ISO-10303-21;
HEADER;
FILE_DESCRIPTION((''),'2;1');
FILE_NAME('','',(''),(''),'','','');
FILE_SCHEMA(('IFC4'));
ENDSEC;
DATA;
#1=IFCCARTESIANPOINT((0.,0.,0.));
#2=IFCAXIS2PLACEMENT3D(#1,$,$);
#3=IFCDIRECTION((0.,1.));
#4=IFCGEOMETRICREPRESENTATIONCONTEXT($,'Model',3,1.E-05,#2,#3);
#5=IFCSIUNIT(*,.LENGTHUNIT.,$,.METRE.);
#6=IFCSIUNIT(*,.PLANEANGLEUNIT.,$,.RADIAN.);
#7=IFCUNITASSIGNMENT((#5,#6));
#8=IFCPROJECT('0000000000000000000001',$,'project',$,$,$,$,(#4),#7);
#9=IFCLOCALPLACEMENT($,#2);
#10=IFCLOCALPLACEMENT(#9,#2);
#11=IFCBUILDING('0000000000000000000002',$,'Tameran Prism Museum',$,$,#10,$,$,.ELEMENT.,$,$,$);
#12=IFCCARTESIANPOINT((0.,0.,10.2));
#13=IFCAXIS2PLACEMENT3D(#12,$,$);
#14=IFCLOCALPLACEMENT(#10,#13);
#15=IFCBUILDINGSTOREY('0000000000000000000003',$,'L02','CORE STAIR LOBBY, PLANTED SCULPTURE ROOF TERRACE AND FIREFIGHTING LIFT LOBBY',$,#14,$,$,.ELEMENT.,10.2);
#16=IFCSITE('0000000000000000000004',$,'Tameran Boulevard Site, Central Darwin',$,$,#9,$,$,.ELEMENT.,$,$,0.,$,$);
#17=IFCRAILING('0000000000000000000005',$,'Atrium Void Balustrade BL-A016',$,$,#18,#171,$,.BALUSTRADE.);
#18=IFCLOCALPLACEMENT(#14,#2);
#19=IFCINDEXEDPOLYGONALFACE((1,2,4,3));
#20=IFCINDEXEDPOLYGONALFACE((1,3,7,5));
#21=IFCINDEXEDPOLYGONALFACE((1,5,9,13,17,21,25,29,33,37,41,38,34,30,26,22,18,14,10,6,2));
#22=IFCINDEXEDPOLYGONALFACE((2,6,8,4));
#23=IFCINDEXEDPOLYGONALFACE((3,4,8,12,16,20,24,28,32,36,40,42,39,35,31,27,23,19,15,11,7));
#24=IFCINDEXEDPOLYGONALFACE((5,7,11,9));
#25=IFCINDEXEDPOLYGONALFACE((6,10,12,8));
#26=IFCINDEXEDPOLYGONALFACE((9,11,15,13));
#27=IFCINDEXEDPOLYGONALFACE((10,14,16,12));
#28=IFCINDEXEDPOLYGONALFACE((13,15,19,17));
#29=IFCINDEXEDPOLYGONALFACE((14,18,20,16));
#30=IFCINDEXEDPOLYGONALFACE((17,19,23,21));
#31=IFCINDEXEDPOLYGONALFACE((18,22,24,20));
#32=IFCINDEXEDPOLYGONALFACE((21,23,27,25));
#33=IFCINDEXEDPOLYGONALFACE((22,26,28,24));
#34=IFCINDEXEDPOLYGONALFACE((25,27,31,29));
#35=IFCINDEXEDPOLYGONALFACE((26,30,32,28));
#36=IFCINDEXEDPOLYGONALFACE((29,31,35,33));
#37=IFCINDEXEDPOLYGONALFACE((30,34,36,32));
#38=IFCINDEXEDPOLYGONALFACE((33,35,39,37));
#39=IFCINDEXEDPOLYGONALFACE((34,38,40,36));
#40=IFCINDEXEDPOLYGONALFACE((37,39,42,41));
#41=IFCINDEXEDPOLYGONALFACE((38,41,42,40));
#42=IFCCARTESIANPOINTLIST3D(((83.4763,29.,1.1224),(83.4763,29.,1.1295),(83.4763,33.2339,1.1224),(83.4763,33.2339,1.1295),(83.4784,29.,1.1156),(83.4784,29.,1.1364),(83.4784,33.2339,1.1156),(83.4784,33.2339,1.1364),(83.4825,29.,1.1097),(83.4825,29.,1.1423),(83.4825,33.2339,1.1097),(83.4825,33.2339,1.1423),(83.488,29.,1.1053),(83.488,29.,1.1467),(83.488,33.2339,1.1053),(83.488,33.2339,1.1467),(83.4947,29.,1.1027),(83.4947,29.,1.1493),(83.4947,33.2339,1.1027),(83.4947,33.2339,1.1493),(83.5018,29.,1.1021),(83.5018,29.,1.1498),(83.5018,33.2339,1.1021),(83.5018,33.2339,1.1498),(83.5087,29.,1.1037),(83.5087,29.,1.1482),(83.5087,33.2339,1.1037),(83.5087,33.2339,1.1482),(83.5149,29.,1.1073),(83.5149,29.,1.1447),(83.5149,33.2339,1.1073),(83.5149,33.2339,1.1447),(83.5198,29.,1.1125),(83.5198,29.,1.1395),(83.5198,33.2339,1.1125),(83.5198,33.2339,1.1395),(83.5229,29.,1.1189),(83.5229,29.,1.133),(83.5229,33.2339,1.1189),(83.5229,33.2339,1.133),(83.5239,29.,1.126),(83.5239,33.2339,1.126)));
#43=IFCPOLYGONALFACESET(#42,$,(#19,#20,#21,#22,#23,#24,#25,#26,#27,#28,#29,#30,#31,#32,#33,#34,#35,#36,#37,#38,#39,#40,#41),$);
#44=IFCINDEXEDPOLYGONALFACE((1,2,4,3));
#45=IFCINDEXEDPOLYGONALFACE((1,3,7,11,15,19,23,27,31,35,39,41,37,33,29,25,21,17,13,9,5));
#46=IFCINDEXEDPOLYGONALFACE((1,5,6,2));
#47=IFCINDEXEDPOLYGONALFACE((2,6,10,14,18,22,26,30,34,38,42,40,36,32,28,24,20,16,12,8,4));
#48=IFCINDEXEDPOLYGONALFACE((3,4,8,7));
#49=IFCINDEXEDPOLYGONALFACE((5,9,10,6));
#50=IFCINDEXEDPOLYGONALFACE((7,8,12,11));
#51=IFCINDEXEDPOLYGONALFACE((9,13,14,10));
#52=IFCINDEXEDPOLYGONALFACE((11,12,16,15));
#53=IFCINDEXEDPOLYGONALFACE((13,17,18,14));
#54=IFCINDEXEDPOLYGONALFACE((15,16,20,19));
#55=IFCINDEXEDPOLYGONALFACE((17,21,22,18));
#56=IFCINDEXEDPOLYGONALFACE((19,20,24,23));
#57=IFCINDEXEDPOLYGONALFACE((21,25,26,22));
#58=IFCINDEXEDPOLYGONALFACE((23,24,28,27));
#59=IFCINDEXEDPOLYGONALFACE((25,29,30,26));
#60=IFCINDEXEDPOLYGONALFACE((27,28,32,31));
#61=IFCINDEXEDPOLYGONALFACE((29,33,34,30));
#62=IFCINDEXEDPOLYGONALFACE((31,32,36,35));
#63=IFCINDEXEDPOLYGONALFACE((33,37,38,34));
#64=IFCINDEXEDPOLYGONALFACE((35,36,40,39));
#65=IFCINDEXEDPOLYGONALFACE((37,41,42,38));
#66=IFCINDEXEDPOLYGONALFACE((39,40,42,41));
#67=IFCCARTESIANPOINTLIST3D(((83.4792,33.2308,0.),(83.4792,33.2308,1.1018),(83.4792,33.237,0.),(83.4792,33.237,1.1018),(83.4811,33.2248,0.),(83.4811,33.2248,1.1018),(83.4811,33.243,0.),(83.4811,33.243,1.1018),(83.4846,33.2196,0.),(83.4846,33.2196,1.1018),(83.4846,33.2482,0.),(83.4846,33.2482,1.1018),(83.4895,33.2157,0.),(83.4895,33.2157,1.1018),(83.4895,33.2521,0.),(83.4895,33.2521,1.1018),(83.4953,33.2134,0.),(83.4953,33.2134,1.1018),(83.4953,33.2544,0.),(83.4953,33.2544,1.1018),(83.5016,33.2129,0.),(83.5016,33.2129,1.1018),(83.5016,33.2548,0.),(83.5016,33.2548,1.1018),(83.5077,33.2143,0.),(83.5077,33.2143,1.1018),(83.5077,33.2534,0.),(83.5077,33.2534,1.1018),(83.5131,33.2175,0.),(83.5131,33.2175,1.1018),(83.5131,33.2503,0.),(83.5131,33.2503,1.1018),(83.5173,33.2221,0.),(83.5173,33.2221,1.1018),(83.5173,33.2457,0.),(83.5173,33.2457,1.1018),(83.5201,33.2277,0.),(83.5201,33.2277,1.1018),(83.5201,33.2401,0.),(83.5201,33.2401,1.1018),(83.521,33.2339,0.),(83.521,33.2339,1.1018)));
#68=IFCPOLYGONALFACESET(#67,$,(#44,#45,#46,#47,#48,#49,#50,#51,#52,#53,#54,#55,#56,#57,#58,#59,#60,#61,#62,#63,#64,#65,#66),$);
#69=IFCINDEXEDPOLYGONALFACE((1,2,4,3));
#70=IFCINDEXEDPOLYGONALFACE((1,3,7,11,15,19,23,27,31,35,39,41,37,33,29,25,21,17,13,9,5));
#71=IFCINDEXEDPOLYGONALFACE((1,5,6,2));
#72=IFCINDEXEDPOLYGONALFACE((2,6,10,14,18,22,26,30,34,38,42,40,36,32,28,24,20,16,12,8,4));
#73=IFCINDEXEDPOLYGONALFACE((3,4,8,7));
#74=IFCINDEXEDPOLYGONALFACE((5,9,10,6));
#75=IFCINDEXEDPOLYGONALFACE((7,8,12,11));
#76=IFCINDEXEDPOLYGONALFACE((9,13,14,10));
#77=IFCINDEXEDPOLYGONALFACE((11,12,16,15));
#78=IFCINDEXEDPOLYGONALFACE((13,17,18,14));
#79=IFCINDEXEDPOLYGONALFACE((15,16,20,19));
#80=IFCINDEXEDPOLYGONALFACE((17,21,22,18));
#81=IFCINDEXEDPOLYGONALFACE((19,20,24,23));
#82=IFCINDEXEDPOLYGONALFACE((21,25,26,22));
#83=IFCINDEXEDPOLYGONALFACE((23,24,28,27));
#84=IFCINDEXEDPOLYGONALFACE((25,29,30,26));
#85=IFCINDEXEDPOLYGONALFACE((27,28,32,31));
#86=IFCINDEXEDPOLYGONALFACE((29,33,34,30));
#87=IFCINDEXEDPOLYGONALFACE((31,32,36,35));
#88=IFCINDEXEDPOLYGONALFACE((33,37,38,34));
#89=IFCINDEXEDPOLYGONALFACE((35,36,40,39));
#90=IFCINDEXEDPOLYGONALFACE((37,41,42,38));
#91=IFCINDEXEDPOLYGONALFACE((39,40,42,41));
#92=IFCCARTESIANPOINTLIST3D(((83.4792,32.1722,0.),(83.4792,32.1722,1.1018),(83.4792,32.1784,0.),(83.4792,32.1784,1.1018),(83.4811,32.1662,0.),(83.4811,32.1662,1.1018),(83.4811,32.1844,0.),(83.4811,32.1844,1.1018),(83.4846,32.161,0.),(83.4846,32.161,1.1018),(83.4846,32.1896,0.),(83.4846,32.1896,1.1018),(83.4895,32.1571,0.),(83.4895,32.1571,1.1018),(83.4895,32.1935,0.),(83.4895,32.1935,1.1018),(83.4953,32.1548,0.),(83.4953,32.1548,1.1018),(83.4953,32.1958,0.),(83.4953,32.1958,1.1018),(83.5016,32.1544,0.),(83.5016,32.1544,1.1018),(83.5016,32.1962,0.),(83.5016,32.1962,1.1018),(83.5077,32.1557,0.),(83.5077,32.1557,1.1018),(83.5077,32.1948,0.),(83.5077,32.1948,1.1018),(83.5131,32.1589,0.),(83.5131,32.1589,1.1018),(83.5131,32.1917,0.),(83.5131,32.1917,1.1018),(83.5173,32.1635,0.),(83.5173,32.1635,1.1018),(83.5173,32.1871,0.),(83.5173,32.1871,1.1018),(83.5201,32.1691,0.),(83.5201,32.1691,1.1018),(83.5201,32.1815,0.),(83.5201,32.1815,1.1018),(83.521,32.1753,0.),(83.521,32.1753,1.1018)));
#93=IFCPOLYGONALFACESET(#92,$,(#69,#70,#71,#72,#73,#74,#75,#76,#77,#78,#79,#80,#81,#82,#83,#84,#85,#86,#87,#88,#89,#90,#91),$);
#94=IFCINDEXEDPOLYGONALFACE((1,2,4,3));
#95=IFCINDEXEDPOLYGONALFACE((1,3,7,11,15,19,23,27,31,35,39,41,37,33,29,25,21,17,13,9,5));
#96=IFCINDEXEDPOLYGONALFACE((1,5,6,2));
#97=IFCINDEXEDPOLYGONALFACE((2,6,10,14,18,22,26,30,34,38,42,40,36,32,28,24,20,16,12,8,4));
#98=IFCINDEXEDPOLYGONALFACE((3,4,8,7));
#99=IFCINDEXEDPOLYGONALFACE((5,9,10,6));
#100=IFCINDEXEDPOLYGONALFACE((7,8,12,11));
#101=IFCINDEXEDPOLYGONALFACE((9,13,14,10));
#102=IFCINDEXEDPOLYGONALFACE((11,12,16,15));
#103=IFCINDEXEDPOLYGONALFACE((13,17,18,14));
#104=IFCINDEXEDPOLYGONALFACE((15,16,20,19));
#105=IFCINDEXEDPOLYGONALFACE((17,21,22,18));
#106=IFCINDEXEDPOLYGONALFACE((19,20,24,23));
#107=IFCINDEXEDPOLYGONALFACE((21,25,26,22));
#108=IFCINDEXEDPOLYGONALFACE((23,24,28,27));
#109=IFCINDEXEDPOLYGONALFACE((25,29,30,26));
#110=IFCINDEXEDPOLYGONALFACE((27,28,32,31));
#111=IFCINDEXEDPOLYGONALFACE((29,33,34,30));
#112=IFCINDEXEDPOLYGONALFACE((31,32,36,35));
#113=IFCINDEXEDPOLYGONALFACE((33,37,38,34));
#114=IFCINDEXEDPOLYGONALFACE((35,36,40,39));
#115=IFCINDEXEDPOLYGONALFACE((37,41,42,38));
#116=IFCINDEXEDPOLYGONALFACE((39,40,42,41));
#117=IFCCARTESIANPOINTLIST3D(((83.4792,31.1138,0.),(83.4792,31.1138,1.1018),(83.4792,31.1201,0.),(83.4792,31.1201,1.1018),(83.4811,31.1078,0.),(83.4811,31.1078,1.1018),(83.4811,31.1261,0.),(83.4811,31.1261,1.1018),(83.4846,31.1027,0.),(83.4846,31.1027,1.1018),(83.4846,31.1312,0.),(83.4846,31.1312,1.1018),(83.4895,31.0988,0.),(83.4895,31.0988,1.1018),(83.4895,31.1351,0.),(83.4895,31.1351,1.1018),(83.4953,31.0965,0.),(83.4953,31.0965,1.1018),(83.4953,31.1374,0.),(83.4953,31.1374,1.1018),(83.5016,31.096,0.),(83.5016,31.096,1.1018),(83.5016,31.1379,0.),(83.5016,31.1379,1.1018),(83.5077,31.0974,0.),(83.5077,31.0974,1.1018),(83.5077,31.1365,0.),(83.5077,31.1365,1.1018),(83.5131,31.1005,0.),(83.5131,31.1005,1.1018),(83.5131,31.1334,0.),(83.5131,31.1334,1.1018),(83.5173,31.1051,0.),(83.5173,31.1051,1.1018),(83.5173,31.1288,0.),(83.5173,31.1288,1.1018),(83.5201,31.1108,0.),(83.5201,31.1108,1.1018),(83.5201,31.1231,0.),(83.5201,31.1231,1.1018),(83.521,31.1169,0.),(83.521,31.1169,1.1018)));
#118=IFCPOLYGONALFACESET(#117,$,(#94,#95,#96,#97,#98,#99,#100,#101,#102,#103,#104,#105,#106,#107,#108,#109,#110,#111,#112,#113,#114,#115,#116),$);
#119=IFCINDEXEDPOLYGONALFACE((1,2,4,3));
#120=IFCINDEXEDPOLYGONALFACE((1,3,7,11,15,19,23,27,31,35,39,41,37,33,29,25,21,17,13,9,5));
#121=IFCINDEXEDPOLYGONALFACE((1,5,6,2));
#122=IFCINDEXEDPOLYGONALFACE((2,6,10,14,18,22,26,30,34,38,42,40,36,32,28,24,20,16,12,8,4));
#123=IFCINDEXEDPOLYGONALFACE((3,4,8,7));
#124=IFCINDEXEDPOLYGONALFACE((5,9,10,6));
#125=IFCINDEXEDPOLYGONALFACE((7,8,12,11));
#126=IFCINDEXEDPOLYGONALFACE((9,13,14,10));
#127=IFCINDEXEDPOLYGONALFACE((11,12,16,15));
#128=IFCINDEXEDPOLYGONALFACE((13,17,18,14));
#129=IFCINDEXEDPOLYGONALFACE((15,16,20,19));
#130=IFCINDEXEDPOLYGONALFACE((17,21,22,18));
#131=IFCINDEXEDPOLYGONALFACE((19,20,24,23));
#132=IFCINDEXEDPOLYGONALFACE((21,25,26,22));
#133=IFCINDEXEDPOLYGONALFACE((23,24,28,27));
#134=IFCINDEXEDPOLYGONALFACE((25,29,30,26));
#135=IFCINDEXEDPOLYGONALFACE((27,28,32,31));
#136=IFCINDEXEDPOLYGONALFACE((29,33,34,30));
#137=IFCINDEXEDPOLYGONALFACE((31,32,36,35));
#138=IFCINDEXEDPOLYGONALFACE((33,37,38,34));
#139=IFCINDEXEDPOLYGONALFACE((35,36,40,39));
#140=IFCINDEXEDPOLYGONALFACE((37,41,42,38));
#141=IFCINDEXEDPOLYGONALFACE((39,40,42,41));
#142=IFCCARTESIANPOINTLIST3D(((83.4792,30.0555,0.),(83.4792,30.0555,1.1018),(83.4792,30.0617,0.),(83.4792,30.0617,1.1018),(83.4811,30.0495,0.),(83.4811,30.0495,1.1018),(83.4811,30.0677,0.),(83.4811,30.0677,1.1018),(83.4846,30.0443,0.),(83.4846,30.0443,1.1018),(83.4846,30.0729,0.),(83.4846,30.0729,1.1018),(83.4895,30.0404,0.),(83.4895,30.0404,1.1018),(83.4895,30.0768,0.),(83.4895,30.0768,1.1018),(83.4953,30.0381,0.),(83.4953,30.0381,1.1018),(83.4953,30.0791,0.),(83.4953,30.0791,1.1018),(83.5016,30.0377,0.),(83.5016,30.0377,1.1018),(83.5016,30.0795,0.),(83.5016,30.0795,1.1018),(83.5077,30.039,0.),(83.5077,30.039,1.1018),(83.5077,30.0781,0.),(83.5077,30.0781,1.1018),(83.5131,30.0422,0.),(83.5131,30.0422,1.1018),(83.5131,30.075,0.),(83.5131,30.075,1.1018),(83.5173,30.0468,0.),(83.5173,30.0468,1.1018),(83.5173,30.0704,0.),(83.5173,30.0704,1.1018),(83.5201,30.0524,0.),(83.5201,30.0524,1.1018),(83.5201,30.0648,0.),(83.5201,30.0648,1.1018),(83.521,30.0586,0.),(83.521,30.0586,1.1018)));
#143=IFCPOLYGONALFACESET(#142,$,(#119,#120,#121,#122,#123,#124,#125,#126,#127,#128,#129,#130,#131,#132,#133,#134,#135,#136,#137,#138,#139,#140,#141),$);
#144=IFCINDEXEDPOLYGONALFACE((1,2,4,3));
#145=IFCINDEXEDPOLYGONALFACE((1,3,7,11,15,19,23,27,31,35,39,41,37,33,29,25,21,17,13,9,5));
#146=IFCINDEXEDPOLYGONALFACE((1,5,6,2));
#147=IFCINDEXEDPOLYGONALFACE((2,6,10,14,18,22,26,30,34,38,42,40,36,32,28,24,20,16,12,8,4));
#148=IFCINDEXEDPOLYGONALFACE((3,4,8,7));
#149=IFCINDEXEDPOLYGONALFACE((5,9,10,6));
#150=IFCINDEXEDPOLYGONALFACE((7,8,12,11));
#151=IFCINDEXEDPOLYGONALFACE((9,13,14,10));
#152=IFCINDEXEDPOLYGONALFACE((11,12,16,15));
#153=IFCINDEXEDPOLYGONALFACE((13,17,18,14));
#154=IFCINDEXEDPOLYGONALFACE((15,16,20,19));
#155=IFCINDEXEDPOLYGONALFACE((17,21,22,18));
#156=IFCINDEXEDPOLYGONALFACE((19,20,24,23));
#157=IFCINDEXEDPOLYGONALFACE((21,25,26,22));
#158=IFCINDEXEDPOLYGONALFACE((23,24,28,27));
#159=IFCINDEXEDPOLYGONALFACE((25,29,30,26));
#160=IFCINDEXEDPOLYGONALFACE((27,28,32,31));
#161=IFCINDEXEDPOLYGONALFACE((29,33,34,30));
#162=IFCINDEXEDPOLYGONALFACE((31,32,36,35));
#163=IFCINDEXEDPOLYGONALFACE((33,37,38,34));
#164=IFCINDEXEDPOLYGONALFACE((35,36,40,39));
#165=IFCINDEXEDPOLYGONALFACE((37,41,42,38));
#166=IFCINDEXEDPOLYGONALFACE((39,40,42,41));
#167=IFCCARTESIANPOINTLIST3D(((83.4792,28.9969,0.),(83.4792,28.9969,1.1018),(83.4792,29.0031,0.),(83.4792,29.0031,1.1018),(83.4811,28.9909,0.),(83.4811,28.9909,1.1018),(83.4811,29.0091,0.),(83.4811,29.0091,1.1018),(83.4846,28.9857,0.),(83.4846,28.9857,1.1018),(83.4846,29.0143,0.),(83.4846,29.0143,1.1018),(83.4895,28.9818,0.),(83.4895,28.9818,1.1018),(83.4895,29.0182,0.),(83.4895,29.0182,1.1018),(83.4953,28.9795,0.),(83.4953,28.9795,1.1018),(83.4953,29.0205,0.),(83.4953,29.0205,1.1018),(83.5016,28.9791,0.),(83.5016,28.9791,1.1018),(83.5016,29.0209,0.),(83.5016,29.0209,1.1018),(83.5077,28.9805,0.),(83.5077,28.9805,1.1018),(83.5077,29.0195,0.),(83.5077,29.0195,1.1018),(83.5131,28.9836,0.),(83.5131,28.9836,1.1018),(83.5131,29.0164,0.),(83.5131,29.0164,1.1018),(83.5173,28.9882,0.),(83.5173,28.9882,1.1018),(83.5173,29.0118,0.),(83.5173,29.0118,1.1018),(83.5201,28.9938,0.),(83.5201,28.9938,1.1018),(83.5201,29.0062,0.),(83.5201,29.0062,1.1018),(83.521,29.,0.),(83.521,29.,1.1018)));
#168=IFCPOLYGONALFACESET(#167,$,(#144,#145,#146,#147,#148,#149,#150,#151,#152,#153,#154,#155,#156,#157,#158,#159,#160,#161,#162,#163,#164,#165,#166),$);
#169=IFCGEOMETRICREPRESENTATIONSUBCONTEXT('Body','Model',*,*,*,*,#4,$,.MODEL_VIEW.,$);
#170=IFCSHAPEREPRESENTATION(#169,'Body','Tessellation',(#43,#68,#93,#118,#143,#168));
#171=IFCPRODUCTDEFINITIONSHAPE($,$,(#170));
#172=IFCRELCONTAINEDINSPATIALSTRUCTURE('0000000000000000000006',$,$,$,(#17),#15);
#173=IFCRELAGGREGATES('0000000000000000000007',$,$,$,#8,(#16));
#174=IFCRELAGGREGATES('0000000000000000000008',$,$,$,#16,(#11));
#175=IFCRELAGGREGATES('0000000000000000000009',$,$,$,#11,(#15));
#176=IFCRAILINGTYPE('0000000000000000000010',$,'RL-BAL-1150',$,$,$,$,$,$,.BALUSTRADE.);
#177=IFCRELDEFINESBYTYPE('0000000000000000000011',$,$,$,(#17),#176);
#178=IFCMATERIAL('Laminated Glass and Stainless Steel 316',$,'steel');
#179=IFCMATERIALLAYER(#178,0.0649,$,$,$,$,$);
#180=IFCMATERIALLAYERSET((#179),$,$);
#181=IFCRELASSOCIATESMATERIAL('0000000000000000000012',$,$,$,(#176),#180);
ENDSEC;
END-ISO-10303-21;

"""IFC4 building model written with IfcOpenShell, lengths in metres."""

from ifc_helpers import new_model, si_unit, direction, frame, origin, origin_2d, place, context, subcontext, project, spatial, circle, extrude, material, layer, layer_set, type_object, element, save


model = new_model("IFC4")

# Units and contexts
model_context = context("Model", 3, precision=1e-05, world=origin(), true_north=direction((0.0, 1.0)))
body_context = subcontext(model_context, "Body", "Model", "MODEL_VIEW")
ifc_project = project(units=[si_unit("LENGTHUNIT", "METRE"), si_unit("PLANEANGLEUNIT", "RADIAN")], contexts=[model_context])

# Site, building, storey
site_placement = place(None, origin())
site = spatial("IfcSite", under=ifc_project, at=site_placement, Name="Tameran Boulevard Site, Central Darwin", CompositionType="ELEMENT", RefElevation=0.0)
building_placement = place(site_placement, origin())
building = spatial("IfcBuilding", under=site, at=building_placement, Name="Tameran Prism Museum", CompositionType="ELEMENT")
storey_placement = place(building_placement, frame((0.0, 0.0, 10.2)))
storey = spatial("IfcBuildingStorey", under=building, at=storey_placement, Name="L02", Description="CORE STAIR LOBBY, PLANTED SCULPTURE ROOF TERRACE AND FIREFIGHTING LIFT LOBBY", CompositionType="ELEMENT", Elevation=10.2)

# Railing
ifc_material_1 = material(Name="Laminated Glass and Stainless Steel 316", Category="steel")
ifc_layer_1 = layer(ifc_material_1, 0.0649)
ifc_layer_set_1 = layer_set([ifc_layer_1])
railing_type = type_object("IfcRailingType", Name="RL-BAL-1150", PredefinedType="BALUSTRADE", material=ifc_layer_set_1)
railing_1_placement = place(storey_placement, frame((83.5, 33.2339, 0.0)))
element("IfcRailing", 1, at=railing_1_placement, inside=storey, type_object=railing_type, Name="Atrium Void Balustrade BL-A016", PredefinedType="BALUSTRADE", context=body_context, shape_type="SweptSolid", body=[
    extrude(circle(Radius=0.0239, at=origin_2d()), frame((0.0, 0.0, 1.126), z_axis=(0.0, -1.0, 0.0), x_axis=(1.0, 0.0, 0.0)), (0.0, 0.0, 1.0), 4.2339),
    extrude(circle(Radius=0.021, at=origin_2d()), origin(), (0.0, 0.0, 1.0), 1.1018),
    extrude(circle(Radius=0.021, at=origin_2d()), frame((0.0, -1.0586, 0.0)), (0.0, 0.0, 1.0), 1.1018),
    extrude(circle(Radius=0.021, at=origin_2d()), frame((0.0, -2.1169, 0.0)), (0.0, 0.0, 1.0), 1.1018),
    extrude(circle(Radius=0.021, at=origin_2d()), frame((0.0, -3.1753, 0.0)), (0.0, 0.0, 1.0), 1.1018),
    extrude(circle(Radius=0.021, at=origin_2d()), frame((0.0, -4.2339, 0.0)), (0.0, 0.0, 1.0), 1.1018),
])

save(model, "model.ifc")
